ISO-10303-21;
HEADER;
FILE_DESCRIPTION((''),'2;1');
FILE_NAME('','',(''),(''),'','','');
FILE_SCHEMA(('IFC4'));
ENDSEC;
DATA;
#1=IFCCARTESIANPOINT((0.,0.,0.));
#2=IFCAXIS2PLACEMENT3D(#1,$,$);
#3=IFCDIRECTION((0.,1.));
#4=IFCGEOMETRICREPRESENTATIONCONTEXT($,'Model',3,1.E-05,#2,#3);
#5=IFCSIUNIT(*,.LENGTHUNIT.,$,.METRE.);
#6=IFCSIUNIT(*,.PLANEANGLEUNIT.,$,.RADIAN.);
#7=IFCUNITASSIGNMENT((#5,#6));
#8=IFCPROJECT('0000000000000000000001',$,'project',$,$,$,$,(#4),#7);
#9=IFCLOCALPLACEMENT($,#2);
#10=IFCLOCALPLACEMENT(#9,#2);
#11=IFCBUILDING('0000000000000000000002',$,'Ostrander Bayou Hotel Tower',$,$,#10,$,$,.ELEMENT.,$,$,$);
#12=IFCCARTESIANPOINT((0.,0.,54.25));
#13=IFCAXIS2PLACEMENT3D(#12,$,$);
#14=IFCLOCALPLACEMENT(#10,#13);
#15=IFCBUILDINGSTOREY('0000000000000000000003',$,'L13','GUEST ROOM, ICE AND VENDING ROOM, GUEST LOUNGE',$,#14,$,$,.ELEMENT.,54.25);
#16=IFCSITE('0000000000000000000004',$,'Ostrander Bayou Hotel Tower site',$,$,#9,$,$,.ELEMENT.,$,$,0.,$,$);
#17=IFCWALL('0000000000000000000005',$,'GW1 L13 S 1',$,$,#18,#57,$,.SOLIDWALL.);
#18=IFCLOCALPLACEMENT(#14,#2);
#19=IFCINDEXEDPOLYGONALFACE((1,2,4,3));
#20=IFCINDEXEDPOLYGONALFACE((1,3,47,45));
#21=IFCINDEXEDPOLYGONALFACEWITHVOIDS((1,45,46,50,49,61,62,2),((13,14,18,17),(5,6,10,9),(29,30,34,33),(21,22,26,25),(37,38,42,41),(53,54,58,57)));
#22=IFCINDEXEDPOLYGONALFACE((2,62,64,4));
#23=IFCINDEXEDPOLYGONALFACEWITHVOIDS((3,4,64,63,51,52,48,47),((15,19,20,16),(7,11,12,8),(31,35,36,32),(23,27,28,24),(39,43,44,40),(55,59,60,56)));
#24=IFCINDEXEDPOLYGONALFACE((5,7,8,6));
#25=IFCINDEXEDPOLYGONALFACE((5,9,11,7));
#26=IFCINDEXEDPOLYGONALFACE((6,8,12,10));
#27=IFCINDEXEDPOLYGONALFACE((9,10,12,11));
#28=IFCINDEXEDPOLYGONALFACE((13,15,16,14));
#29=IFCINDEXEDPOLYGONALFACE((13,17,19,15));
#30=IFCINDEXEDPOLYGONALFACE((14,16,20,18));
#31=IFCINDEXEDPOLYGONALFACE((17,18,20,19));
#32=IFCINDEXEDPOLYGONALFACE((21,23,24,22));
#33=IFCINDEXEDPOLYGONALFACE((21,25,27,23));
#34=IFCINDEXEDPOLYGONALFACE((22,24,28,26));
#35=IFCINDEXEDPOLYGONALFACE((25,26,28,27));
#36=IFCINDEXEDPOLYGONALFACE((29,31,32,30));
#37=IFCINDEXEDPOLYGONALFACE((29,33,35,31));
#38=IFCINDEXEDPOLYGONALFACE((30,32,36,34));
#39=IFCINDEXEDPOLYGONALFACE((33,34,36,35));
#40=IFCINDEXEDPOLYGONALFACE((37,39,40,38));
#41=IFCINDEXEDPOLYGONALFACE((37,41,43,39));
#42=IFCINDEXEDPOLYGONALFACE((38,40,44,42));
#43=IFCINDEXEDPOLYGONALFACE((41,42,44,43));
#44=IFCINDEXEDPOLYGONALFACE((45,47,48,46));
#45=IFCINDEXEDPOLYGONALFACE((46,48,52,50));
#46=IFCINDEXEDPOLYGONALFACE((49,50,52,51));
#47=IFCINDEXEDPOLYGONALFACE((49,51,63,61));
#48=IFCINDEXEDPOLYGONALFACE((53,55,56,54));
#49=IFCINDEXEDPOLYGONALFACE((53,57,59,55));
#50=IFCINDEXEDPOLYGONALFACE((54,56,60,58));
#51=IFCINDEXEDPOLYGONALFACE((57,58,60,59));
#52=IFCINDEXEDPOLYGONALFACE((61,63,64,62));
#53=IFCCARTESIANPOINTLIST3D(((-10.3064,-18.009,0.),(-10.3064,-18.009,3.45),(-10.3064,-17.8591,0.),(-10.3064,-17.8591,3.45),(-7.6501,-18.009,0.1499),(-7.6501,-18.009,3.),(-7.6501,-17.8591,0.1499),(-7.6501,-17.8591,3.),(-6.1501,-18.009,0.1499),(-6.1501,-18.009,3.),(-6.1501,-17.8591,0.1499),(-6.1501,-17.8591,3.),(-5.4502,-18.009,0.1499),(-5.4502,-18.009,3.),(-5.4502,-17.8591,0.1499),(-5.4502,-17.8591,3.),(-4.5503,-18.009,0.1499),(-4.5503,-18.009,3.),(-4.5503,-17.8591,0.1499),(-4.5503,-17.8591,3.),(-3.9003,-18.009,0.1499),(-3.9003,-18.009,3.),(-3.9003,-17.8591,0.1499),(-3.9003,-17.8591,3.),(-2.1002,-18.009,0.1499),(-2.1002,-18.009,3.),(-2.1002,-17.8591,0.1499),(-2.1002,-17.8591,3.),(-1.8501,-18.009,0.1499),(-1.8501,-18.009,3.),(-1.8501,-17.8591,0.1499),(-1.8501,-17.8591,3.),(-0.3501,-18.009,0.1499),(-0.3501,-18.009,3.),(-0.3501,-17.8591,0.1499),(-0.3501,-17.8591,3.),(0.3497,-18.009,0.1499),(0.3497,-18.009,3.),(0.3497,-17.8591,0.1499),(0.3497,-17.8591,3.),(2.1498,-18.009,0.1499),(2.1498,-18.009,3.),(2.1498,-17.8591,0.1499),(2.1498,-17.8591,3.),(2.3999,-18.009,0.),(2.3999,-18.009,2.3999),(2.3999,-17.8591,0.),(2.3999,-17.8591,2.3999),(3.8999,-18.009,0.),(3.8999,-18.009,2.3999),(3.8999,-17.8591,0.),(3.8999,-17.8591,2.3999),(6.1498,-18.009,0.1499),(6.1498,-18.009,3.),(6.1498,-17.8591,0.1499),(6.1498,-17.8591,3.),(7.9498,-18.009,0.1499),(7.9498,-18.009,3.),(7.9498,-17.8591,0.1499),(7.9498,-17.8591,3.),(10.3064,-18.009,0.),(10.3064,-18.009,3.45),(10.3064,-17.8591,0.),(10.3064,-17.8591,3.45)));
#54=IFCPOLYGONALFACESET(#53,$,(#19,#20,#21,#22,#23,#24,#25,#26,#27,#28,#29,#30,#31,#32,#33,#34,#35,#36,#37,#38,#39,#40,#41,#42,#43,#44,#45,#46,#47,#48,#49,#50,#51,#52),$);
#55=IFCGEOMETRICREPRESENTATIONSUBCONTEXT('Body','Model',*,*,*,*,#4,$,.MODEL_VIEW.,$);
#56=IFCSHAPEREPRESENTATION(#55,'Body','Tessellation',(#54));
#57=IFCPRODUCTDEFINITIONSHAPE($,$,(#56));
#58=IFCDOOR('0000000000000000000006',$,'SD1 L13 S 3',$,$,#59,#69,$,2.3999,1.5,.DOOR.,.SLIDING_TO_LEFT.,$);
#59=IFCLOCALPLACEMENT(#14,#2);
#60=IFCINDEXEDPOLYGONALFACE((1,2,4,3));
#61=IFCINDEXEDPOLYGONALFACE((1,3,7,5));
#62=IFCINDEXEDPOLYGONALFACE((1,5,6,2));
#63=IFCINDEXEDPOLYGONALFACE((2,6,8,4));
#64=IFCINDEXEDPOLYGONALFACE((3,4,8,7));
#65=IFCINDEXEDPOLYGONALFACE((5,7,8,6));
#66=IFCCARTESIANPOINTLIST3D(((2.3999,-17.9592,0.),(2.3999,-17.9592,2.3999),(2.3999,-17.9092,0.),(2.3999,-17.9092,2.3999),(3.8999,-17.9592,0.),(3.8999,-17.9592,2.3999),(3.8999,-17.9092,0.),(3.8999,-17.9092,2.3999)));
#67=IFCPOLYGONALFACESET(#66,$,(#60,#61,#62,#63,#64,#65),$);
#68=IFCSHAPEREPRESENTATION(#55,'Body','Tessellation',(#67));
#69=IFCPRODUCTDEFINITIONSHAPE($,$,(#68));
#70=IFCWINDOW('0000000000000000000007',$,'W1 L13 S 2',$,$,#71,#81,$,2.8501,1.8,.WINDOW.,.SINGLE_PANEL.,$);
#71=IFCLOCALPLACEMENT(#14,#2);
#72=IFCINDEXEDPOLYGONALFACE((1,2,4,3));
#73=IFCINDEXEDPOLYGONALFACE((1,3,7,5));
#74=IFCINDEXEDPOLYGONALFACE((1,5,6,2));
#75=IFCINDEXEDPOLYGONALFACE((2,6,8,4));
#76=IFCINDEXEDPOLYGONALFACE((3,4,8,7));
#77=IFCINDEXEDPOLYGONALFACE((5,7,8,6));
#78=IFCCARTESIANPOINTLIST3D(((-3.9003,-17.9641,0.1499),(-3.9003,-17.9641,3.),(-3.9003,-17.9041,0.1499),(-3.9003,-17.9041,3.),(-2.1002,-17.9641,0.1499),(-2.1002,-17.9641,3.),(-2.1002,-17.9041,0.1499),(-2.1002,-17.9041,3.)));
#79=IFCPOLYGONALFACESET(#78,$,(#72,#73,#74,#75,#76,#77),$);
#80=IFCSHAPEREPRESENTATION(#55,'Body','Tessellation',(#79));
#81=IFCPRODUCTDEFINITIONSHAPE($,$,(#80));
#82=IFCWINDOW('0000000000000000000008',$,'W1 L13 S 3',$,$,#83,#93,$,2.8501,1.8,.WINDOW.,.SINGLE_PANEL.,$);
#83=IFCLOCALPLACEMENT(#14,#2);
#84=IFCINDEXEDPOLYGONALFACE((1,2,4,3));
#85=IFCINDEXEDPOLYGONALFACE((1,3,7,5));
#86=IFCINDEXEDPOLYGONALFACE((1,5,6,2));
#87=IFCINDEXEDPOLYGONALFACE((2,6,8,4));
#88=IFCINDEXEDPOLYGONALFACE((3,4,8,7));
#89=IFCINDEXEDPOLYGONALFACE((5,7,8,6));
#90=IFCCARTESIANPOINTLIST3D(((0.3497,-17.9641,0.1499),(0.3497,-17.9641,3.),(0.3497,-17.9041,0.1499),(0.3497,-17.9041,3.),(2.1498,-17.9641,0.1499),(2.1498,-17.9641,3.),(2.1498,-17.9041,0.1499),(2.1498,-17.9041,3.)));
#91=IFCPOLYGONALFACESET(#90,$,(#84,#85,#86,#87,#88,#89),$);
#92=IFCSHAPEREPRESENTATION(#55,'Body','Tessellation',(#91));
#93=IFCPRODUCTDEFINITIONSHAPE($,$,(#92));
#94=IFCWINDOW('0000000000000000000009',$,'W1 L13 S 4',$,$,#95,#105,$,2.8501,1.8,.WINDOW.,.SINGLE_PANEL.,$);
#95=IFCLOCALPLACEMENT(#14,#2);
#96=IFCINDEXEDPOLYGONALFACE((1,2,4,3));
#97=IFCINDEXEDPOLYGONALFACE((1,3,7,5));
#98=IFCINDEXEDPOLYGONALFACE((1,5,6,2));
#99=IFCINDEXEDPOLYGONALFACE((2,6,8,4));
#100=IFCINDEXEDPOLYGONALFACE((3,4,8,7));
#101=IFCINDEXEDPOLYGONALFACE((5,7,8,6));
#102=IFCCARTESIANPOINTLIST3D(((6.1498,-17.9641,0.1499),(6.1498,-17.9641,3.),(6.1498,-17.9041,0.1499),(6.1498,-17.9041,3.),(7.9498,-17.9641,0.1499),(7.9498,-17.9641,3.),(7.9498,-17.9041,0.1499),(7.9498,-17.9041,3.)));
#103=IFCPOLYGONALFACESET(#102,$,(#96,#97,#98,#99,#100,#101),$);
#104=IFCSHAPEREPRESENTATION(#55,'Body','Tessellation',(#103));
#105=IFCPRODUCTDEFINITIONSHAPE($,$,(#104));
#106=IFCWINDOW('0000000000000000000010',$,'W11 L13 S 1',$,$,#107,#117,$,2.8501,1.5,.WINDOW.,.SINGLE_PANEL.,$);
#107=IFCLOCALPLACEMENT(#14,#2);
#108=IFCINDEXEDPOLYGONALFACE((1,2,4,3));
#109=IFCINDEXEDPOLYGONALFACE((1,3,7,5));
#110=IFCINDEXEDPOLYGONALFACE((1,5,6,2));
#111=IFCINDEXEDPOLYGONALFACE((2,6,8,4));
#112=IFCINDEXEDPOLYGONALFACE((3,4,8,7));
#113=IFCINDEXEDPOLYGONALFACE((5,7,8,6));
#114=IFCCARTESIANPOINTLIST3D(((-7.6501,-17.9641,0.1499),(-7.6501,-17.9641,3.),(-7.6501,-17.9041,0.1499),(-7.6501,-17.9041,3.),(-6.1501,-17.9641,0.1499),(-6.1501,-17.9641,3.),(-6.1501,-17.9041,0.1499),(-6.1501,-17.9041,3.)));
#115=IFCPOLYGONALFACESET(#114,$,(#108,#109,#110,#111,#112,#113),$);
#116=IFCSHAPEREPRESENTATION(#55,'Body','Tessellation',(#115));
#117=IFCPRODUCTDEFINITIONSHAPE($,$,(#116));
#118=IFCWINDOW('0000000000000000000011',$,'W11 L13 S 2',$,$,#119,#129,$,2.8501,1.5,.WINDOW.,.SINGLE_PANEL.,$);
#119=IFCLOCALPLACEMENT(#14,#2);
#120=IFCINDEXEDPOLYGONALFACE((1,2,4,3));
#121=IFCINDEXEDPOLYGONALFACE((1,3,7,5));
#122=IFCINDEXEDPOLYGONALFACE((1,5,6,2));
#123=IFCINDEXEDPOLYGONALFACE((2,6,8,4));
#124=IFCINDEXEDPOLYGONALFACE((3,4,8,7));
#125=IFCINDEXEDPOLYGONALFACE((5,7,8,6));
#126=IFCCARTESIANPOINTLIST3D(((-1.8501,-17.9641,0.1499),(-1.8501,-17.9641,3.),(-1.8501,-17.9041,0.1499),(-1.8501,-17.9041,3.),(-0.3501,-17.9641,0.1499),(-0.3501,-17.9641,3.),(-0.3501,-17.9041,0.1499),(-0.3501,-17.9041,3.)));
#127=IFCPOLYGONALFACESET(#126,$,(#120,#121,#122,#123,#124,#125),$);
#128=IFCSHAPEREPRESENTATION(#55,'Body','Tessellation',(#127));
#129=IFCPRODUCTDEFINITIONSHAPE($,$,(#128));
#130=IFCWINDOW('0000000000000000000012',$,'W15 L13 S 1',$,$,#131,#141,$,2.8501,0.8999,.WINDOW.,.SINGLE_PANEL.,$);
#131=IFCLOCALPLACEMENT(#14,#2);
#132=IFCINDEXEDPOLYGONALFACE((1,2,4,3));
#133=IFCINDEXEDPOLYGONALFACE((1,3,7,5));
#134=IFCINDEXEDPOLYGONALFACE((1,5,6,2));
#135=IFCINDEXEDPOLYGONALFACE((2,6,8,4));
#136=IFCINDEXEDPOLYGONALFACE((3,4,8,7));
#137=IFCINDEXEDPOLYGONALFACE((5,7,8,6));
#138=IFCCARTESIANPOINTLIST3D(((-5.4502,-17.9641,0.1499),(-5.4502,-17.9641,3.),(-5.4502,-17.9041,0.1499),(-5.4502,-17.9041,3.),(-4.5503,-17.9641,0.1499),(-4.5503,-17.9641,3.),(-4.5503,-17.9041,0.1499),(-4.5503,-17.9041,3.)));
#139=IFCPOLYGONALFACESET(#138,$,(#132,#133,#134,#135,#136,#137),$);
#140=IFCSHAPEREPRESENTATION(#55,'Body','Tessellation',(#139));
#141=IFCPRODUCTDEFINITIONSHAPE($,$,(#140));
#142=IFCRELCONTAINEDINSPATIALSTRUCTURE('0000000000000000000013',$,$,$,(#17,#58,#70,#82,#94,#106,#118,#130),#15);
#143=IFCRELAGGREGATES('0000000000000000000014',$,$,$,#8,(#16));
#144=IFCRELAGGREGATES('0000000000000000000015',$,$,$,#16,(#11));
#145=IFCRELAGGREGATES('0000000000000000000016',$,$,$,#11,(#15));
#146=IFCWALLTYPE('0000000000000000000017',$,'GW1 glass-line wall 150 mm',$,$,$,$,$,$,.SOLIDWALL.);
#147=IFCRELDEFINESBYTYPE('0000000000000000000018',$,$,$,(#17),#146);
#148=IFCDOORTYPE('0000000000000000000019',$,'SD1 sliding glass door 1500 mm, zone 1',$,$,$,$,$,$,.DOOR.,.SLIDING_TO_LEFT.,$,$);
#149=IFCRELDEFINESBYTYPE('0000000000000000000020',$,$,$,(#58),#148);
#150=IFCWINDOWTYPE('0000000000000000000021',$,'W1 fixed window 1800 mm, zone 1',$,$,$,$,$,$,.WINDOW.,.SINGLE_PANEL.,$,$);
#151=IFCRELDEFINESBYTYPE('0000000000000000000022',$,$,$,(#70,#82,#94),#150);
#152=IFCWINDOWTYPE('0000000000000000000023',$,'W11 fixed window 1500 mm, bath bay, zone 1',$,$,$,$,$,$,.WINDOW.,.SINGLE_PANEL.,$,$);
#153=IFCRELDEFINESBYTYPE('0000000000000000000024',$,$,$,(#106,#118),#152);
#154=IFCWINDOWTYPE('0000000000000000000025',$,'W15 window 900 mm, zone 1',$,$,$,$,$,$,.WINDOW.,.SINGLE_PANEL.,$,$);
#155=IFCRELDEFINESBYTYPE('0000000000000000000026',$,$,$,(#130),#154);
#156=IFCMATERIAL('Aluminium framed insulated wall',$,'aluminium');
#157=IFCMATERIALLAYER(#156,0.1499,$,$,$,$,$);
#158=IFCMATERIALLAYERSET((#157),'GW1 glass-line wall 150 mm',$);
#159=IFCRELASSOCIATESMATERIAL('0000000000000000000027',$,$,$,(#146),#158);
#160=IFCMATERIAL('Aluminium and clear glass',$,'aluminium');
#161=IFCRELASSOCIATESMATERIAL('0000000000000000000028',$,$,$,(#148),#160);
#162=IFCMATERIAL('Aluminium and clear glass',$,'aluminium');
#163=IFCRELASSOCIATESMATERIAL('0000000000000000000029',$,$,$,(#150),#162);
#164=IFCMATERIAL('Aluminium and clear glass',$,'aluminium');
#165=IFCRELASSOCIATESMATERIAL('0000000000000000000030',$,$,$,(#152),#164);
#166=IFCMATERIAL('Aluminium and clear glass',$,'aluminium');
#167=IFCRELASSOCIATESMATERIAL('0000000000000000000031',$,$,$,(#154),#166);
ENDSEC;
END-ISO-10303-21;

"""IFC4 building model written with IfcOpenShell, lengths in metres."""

from ifc_helpers import new_model, si_unit, direction, frame, frame_2d, origin, place, context, subcontext, project, spatial, rectangle, extrude, material, layer, layer_set, type_object, element, fill, save


model = new_model("IFC4")

# Units and contexts
model_context = context("Model", 3, precision=1e-05, world=origin(), true_north=direction((0.0, 1.0)))
body_context = subcontext(model_context, "Body", "Model", "MODEL_VIEW")
ifc_project = project(units=[si_unit("LENGTHUNIT", "METRE"), si_unit("PLANEANGLEUNIT", "RADIAN")], contexts=[model_context])

# Site, building, storey
site_placement = place(None, origin())
site = spatial("IfcSite", under=ifc_project, at=site_placement, Name="Ostrander Bayou Hotel Tower site", CompositionType="ELEMENT", RefElevation=0.0)
building_placement = place(site_placement, origin())
building = spatial("IfcBuilding", under=site, at=building_placement, Name="Ostrander Bayou Hotel Tower", CompositionType="ELEMENT")
storey_placement = place(building_placement, frame((0.0, 0.0, 54.25)))
storey = spatial("IfcBuildingStorey", under=building, at=storey_placement, Name="L13", Description="GUEST ROOM, ICE AND VENDING ROOM, GUEST LOUNGE", CompositionType="ELEMENT", Elevation=54.25)

# Wall, openings, door, windows
ifc_material_1 = material(Name="Aluminium framed insulated wall", Category="aluminium")
ifc_layer_1 = layer(ifc_material_1, 0.1499)
ifc_layer_set_1 = layer_set([ifc_layer_1], Name="GW1 glass-line wall 150 mm")
wall_type_1 = type_object("IfcWallType", Name="GW1 glass-line wall 150 mm", PredefinedType="SOLIDWALL", material=ifc_layer_set_1)
wall_1_placement = place(storey_placement, frame((-10.3064, -17.9341, 0.0), z_axis=(0.0, 0.0, 1.0), x_axis=(1.0, 0.0, 0.0)))
wall_1 = element("IfcWall", 1, at=wall_1_placement, inside=storey, type_object=wall_type_1, Name="GW1 L13 S 1", PredefinedType="SOLIDWALL", context=body_context, shape_type="SweptSolid", body=[
    extrude(rectangle(XDim=20.6128, YDim=0.1499, at=frame_2d((10.3064, 0.0))), origin(), (0.0, 0.0, 1.0), 3.45),
])
opening_1_placement = place(wall_1_placement, frame((4.8562, 0.0, 0.1499)))
opening_1 = element("IfcOpeningElement", 2, at=opening_1_placement, cuts=wall_1, PredefinedType="OPENING", context=body_context, shape_type="SweptSolid", body=[
    extrude(rectangle(XDim=0.8999, YDim=2.8501, at=frame_2d((0.45, 1.425))), frame((0.0, 0.075, 0.0), z_axis=(0.0, -1.0, 0.0), x_axis=(1.0, 0.0, 0.0)), (0.0, 0.0, 1.0), 0.1499),
])
opening_2_placement = place(wall_1_placement, frame((2.6562, 0.0, 0.1499)))
opening_2 = element("IfcOpeningElement", 3, at=opening_2_placement, cuts=wall_1, PredefinedType="OPENING", context=body_context, shape_type="SweptSolid", body=[
    extrude(rectangle(XDim=1.5, YDim=2.8501, at=frame_2d((0.75, 1.425))), frame((0.0, 0.075, 0.0), z_axis=(0.0, -1.0, 0.0), x_axis=(1.0, 0.0, 0.0)), (0.0, 0.0, 1.0), 0.1499),
])
opening_3_placement = place(wall_1_placement, frame((6.4062, 0.0, 0.1499)))
opening_3 = element("IfcOpeningElement", 4, at=opening_3_placement, cuts=wall_1, PredefinedType="OPENING", context=body_context, shape_type="SweptSolid", body=[
    extrude(rectangle(XDim=1.8, YDim=2.8501, at=frame_2d((0.8999, 1.425))), frame((0.0, 0.075, 0.0), z_axis=(0.0, -1.0, 0.0), x_axis=(1.0, 0.0, 0.0)), (0.0, 0.0, 1.0), 0.1499),
])
opening_4_placement = place(wall_1_placement, frame((8.4563, 0.0, 0.1499)))
opening_4 = element("IfcOpeningElement", 5, at=opening_4_placement, cuts=wall_1, PredefinedType="OPENING", context=body_context, shape_type="SweptSolid", body=[
    extrude(rectangle(XDim=1.5, YDim=2.8501, at=frame_2d((0.75, 1.425))), frame((0.0, 0.075, 0.0), z_axis=(0.0, -1.0, 0.0), x_axis=(1.0, 0.0, 0.0)), (0.0, 0.0, 1.0), 0.1499),
])
opening_5_placement = place(wall_1_placement, frame((10.6562, 0.0, 0.1499)))
opening_5 = element("IfcOpeningElement", 6, at=opening_5_placement, cuts=wall_1, PredefinedType="OPENING", context=body_context, shape_type="SweptSolid", body=[
    extrude(rectangle(XDim=1.8, YDim=2.8501, at=frame_2d((0.8999, 1.425))), frame((0.0, 0.075, 0.0), z_axis=(0.0, -1.0, 0.0), x_axis=(1.0, 0.0, 0.0)), (0.0, 0.0, 1.0), 0.1499),
])
opening_6_placement = place(wall_1_placement, frame((12.7063, 0.0, 0.0)))
opening_6 = element("IfcOpeningElement", 7, at=opening_6_placement, cuts=wall_1, PredefinedType="OPENING", context=body_context, shape_type="SweptSolid", body=[
    extrude(rectangle(XDim=1.5, YDim=2.3999, at=frame_2d((0.75, 1.2))), frame((0.0, 0.075, 0.0), z_axis=(0.0, -1.0, 0.0), x_axis=(1.0, 0.0, 0.0)), (0.0, 0.0, 1.0), 0.1499),
])
opening_7_placement = place(wall_1_placement, frame((16.4563, 0.0, 0.1499)))
opening_7 = element("IfcOpeningElement", 8, at=opening_7_placement, cuts=wall_1, PredefinedType="OPENING", context=body_context, shape_type="SweptSolid", body=[
    extrude(rectangle(XDim=1.8, YDim=2.8501, at=frame_2d((0.8999, 1.425))), frame((0.0, 0.075, 0.0), z_axis=(0.0, -1.0, 0.0), x_axis=(1.0, 0.0, 0.0)), (0.0, 0.0, 1.0), 0.1499),
])
ifc_material_2 = material(Name="Aluminium and clear glass", Category="aluminium")
door_type = type_object("IfcDoorType", Name="SD1 sliding glass door 1500 mm, zone 1", OperationType="SLIDING_TO_LEFT", PredefinedType="DOOR", material=ifc_material_2)
door_placement = place(opening_6_placement, origin())
door = element("IfcDoor", 9, at=door_placement, inside=storey, type_object=door_type, Name="SD1 L13 S 3", OperationType="SLIDING_TO_LEFT", OverallHeight=2.3999, OverallWidth=1.5, PredefinedType="DOOR", context=body_context, shape_type="SweptSolid", body=[
    extrude(rectangle(XDim=1.5, YDim=2.3999, at=frame_2d((0.75, 1.2))), frame((0.0, 0.0249, 0.0), z_axis=(0.0, -1.0, 0.0), x_axis=(1.0, 0.0, 0.0)), (0.0, 0.0, 1.0), 0.05),
])
fill(opening_6, door)
ifc_material_3 = material(Name="Aluminium and clear glass", Category="aluminium")
window_type_1 = type_object("IfcWindowType", Name="W1 fixed window 1800 mm, zone 1", PartitioningType="SINGLE_PANEL", PredefinedType="WINDOW", material=ifc_material_3)
window_1_placement = place(opening_3_placement, origin())
window_1 = element("IfcWindow", 10, at=window_1_placement, inside=storey, type_object=window_type_1, Name="W1 L13 S 2", OverallHeight=2.8501, OverallWidth=1.8, PartitioningType="SINGLE_PANEL", PredefinedType="WINDOW", context=body_context, shape_type="SweptSolid", body=[
    extrude(rectangle(XDim=1.8, YDim=2.8501, at=frame_2d((0.8999, 1.425))), frame((0.0, 0.03, 0.0), z_axis=(0.0, -1.0, 0.0), x_axis=(1.0, 0.0, 0.0)), (0.0, 0.0, 1.0), 0.0601),
])
fill(opening_3, window_1)
window_2_placement = place(opening_5_placement, origin())
window_2 = element("IfcWindow", 11, at=window_2_placement, inside=storey, type_object=window_type_1, Name="W1 L13 S 3", OverallHeight=2.8501, OverallWidth=1.8, PartitioningType="SINGLE_PANEL", PredefinedType="WINDOW", context=body_context, shape_type="SweptSolid", body=[
    extrude(rectangle(XDim=1.8, YDim=2.8501, at=frame_2d((0.8999, 1.425))), frame((0.0, 0.03, 0.0), z_axis=(0.0, -1.0, 0.0), x_axis=(1.0, 0.0, 0.0)), (0.0, 0.0, 1.0), 0.0601),
])
fill(opening_5, window_2)
window_3_placement = place(opening_7_placement, origin())
window_3 = element("IfcWindow", 12, at=window_3_placement, inside=storey, type_object=window_type_1, Name="W1 L13 S 4", OverallHeight=2.8501, OverallWidth=1.8, PartitioningType="SINGLE_PANEL", PredefinedType="WINDOW", context=body_context, shape_type="SweptSolid", body=[
    extrude(rectangle(XDim=1.8, YDim=2.8501, at=frame_2d((0.8999, 1.425))), frame((0.0, 0.03, 0.0), z_axis=(0.0, -1.0, 0.0), x_axis=(1.0, 0.0, 0.0)), (0.0, 0.0, 1.0), 0.0601),
])
fill(opening_7, window_3)
ifc_material_4 = material(Name="Aluminium and clear glass", Category="aluminium")
window_type_2 = type_object("IfcWindowType", Name="W11 fixed window 1500 mm, bath bay, zone 1", PartitioningType="SINGLE_PANEL", PredefinedType="WINDOW", material=ifc_material_4)
window_4_placement = place(opening_2_placement, origin())
window_4 = element("IfcWindow", 13, at=window_4_placement, inside=storey, type_object=window_type_2, Name="W11 L13 S 1", OverallHeight=2.8501, OverallWidth=1.5, PartitioningType="SINGLE_PANEL", PredefinedType="WINDOW", context=body_context, shape_type="SweptSolid", body=[
    extrude(rectangle(XDim=1.5, YDim=2.8501, at=frame_2d((0.75, 1.425))), frame((0.0, 0.03, 0.0), z_axis=(0.0, -1.0, 0.0), x_axis=(1.0, 0.0, 0.0)), (0.0, 0.0, 1.0), 0.0601),
])
fill(opening_2, window_4)
window_5_placement = place(opening_4_placement, origin())
window_5 = element("IfcWindow", 14, at=window_5_placement, inside=storey, type_object=window_type_2, Name="W11 L13 S 2", OverallHeight=2.8501, OverallWidth=1.5, PartitioningType="SINGLE_PANEL", PredefinedType="WINDOW", context=body_context, shape_type="SweptSolid", body=[
    extrude(rectangle(XDim=1.5, YDim=2.8501, at=frame_2d((0.75, 1.425))), frame((0.0, 0.03, 0.0), z_axis=(0.0, -1.0, 0.0), x_axis=(1.0, 0.0, 0.0)), (0.0, 0.0, 1.0), 0.0601),
])
fill(opening_4, window_5)
ifc_material_5 = material(Name="Aluminium and clear glass", Category="aluminium")
window_type_3 = type_object("IfcWindowType", Name="W15 window 900 mm, zone 1", PartitioningType="SINGLE_PANEL", PredefinedType="WINDOW", material=ifc_material_5)
window_6_placement = place(opening_1_placement, origin())
window_6 = element("IfcWindow", 15, at=window_6_placement, inside=storey, type_object=window_type_3, Name="W15 L13 S 1", OverallHeight=2.8501, OverallWidth=0.8999, PartitioningType="SINGLE_PANEL", PredefinedType="WINDOW", context=body_context, shape_type="SweptSolid", body=[
    extrude(rectangle(XDim=0.8999, YDim=2.8501, at=frame_2d((0.45, 1.425))), frame((0.0, 0.03, 0.0), z_axis=(0.0, -1.0, 0.0), x_axis=(1.0, 0.0, 0.0)), (0.0, 0.0, 1.0), 0.0601),
])
fill(opening_1, window_6)

save(model, "model.ifc")
